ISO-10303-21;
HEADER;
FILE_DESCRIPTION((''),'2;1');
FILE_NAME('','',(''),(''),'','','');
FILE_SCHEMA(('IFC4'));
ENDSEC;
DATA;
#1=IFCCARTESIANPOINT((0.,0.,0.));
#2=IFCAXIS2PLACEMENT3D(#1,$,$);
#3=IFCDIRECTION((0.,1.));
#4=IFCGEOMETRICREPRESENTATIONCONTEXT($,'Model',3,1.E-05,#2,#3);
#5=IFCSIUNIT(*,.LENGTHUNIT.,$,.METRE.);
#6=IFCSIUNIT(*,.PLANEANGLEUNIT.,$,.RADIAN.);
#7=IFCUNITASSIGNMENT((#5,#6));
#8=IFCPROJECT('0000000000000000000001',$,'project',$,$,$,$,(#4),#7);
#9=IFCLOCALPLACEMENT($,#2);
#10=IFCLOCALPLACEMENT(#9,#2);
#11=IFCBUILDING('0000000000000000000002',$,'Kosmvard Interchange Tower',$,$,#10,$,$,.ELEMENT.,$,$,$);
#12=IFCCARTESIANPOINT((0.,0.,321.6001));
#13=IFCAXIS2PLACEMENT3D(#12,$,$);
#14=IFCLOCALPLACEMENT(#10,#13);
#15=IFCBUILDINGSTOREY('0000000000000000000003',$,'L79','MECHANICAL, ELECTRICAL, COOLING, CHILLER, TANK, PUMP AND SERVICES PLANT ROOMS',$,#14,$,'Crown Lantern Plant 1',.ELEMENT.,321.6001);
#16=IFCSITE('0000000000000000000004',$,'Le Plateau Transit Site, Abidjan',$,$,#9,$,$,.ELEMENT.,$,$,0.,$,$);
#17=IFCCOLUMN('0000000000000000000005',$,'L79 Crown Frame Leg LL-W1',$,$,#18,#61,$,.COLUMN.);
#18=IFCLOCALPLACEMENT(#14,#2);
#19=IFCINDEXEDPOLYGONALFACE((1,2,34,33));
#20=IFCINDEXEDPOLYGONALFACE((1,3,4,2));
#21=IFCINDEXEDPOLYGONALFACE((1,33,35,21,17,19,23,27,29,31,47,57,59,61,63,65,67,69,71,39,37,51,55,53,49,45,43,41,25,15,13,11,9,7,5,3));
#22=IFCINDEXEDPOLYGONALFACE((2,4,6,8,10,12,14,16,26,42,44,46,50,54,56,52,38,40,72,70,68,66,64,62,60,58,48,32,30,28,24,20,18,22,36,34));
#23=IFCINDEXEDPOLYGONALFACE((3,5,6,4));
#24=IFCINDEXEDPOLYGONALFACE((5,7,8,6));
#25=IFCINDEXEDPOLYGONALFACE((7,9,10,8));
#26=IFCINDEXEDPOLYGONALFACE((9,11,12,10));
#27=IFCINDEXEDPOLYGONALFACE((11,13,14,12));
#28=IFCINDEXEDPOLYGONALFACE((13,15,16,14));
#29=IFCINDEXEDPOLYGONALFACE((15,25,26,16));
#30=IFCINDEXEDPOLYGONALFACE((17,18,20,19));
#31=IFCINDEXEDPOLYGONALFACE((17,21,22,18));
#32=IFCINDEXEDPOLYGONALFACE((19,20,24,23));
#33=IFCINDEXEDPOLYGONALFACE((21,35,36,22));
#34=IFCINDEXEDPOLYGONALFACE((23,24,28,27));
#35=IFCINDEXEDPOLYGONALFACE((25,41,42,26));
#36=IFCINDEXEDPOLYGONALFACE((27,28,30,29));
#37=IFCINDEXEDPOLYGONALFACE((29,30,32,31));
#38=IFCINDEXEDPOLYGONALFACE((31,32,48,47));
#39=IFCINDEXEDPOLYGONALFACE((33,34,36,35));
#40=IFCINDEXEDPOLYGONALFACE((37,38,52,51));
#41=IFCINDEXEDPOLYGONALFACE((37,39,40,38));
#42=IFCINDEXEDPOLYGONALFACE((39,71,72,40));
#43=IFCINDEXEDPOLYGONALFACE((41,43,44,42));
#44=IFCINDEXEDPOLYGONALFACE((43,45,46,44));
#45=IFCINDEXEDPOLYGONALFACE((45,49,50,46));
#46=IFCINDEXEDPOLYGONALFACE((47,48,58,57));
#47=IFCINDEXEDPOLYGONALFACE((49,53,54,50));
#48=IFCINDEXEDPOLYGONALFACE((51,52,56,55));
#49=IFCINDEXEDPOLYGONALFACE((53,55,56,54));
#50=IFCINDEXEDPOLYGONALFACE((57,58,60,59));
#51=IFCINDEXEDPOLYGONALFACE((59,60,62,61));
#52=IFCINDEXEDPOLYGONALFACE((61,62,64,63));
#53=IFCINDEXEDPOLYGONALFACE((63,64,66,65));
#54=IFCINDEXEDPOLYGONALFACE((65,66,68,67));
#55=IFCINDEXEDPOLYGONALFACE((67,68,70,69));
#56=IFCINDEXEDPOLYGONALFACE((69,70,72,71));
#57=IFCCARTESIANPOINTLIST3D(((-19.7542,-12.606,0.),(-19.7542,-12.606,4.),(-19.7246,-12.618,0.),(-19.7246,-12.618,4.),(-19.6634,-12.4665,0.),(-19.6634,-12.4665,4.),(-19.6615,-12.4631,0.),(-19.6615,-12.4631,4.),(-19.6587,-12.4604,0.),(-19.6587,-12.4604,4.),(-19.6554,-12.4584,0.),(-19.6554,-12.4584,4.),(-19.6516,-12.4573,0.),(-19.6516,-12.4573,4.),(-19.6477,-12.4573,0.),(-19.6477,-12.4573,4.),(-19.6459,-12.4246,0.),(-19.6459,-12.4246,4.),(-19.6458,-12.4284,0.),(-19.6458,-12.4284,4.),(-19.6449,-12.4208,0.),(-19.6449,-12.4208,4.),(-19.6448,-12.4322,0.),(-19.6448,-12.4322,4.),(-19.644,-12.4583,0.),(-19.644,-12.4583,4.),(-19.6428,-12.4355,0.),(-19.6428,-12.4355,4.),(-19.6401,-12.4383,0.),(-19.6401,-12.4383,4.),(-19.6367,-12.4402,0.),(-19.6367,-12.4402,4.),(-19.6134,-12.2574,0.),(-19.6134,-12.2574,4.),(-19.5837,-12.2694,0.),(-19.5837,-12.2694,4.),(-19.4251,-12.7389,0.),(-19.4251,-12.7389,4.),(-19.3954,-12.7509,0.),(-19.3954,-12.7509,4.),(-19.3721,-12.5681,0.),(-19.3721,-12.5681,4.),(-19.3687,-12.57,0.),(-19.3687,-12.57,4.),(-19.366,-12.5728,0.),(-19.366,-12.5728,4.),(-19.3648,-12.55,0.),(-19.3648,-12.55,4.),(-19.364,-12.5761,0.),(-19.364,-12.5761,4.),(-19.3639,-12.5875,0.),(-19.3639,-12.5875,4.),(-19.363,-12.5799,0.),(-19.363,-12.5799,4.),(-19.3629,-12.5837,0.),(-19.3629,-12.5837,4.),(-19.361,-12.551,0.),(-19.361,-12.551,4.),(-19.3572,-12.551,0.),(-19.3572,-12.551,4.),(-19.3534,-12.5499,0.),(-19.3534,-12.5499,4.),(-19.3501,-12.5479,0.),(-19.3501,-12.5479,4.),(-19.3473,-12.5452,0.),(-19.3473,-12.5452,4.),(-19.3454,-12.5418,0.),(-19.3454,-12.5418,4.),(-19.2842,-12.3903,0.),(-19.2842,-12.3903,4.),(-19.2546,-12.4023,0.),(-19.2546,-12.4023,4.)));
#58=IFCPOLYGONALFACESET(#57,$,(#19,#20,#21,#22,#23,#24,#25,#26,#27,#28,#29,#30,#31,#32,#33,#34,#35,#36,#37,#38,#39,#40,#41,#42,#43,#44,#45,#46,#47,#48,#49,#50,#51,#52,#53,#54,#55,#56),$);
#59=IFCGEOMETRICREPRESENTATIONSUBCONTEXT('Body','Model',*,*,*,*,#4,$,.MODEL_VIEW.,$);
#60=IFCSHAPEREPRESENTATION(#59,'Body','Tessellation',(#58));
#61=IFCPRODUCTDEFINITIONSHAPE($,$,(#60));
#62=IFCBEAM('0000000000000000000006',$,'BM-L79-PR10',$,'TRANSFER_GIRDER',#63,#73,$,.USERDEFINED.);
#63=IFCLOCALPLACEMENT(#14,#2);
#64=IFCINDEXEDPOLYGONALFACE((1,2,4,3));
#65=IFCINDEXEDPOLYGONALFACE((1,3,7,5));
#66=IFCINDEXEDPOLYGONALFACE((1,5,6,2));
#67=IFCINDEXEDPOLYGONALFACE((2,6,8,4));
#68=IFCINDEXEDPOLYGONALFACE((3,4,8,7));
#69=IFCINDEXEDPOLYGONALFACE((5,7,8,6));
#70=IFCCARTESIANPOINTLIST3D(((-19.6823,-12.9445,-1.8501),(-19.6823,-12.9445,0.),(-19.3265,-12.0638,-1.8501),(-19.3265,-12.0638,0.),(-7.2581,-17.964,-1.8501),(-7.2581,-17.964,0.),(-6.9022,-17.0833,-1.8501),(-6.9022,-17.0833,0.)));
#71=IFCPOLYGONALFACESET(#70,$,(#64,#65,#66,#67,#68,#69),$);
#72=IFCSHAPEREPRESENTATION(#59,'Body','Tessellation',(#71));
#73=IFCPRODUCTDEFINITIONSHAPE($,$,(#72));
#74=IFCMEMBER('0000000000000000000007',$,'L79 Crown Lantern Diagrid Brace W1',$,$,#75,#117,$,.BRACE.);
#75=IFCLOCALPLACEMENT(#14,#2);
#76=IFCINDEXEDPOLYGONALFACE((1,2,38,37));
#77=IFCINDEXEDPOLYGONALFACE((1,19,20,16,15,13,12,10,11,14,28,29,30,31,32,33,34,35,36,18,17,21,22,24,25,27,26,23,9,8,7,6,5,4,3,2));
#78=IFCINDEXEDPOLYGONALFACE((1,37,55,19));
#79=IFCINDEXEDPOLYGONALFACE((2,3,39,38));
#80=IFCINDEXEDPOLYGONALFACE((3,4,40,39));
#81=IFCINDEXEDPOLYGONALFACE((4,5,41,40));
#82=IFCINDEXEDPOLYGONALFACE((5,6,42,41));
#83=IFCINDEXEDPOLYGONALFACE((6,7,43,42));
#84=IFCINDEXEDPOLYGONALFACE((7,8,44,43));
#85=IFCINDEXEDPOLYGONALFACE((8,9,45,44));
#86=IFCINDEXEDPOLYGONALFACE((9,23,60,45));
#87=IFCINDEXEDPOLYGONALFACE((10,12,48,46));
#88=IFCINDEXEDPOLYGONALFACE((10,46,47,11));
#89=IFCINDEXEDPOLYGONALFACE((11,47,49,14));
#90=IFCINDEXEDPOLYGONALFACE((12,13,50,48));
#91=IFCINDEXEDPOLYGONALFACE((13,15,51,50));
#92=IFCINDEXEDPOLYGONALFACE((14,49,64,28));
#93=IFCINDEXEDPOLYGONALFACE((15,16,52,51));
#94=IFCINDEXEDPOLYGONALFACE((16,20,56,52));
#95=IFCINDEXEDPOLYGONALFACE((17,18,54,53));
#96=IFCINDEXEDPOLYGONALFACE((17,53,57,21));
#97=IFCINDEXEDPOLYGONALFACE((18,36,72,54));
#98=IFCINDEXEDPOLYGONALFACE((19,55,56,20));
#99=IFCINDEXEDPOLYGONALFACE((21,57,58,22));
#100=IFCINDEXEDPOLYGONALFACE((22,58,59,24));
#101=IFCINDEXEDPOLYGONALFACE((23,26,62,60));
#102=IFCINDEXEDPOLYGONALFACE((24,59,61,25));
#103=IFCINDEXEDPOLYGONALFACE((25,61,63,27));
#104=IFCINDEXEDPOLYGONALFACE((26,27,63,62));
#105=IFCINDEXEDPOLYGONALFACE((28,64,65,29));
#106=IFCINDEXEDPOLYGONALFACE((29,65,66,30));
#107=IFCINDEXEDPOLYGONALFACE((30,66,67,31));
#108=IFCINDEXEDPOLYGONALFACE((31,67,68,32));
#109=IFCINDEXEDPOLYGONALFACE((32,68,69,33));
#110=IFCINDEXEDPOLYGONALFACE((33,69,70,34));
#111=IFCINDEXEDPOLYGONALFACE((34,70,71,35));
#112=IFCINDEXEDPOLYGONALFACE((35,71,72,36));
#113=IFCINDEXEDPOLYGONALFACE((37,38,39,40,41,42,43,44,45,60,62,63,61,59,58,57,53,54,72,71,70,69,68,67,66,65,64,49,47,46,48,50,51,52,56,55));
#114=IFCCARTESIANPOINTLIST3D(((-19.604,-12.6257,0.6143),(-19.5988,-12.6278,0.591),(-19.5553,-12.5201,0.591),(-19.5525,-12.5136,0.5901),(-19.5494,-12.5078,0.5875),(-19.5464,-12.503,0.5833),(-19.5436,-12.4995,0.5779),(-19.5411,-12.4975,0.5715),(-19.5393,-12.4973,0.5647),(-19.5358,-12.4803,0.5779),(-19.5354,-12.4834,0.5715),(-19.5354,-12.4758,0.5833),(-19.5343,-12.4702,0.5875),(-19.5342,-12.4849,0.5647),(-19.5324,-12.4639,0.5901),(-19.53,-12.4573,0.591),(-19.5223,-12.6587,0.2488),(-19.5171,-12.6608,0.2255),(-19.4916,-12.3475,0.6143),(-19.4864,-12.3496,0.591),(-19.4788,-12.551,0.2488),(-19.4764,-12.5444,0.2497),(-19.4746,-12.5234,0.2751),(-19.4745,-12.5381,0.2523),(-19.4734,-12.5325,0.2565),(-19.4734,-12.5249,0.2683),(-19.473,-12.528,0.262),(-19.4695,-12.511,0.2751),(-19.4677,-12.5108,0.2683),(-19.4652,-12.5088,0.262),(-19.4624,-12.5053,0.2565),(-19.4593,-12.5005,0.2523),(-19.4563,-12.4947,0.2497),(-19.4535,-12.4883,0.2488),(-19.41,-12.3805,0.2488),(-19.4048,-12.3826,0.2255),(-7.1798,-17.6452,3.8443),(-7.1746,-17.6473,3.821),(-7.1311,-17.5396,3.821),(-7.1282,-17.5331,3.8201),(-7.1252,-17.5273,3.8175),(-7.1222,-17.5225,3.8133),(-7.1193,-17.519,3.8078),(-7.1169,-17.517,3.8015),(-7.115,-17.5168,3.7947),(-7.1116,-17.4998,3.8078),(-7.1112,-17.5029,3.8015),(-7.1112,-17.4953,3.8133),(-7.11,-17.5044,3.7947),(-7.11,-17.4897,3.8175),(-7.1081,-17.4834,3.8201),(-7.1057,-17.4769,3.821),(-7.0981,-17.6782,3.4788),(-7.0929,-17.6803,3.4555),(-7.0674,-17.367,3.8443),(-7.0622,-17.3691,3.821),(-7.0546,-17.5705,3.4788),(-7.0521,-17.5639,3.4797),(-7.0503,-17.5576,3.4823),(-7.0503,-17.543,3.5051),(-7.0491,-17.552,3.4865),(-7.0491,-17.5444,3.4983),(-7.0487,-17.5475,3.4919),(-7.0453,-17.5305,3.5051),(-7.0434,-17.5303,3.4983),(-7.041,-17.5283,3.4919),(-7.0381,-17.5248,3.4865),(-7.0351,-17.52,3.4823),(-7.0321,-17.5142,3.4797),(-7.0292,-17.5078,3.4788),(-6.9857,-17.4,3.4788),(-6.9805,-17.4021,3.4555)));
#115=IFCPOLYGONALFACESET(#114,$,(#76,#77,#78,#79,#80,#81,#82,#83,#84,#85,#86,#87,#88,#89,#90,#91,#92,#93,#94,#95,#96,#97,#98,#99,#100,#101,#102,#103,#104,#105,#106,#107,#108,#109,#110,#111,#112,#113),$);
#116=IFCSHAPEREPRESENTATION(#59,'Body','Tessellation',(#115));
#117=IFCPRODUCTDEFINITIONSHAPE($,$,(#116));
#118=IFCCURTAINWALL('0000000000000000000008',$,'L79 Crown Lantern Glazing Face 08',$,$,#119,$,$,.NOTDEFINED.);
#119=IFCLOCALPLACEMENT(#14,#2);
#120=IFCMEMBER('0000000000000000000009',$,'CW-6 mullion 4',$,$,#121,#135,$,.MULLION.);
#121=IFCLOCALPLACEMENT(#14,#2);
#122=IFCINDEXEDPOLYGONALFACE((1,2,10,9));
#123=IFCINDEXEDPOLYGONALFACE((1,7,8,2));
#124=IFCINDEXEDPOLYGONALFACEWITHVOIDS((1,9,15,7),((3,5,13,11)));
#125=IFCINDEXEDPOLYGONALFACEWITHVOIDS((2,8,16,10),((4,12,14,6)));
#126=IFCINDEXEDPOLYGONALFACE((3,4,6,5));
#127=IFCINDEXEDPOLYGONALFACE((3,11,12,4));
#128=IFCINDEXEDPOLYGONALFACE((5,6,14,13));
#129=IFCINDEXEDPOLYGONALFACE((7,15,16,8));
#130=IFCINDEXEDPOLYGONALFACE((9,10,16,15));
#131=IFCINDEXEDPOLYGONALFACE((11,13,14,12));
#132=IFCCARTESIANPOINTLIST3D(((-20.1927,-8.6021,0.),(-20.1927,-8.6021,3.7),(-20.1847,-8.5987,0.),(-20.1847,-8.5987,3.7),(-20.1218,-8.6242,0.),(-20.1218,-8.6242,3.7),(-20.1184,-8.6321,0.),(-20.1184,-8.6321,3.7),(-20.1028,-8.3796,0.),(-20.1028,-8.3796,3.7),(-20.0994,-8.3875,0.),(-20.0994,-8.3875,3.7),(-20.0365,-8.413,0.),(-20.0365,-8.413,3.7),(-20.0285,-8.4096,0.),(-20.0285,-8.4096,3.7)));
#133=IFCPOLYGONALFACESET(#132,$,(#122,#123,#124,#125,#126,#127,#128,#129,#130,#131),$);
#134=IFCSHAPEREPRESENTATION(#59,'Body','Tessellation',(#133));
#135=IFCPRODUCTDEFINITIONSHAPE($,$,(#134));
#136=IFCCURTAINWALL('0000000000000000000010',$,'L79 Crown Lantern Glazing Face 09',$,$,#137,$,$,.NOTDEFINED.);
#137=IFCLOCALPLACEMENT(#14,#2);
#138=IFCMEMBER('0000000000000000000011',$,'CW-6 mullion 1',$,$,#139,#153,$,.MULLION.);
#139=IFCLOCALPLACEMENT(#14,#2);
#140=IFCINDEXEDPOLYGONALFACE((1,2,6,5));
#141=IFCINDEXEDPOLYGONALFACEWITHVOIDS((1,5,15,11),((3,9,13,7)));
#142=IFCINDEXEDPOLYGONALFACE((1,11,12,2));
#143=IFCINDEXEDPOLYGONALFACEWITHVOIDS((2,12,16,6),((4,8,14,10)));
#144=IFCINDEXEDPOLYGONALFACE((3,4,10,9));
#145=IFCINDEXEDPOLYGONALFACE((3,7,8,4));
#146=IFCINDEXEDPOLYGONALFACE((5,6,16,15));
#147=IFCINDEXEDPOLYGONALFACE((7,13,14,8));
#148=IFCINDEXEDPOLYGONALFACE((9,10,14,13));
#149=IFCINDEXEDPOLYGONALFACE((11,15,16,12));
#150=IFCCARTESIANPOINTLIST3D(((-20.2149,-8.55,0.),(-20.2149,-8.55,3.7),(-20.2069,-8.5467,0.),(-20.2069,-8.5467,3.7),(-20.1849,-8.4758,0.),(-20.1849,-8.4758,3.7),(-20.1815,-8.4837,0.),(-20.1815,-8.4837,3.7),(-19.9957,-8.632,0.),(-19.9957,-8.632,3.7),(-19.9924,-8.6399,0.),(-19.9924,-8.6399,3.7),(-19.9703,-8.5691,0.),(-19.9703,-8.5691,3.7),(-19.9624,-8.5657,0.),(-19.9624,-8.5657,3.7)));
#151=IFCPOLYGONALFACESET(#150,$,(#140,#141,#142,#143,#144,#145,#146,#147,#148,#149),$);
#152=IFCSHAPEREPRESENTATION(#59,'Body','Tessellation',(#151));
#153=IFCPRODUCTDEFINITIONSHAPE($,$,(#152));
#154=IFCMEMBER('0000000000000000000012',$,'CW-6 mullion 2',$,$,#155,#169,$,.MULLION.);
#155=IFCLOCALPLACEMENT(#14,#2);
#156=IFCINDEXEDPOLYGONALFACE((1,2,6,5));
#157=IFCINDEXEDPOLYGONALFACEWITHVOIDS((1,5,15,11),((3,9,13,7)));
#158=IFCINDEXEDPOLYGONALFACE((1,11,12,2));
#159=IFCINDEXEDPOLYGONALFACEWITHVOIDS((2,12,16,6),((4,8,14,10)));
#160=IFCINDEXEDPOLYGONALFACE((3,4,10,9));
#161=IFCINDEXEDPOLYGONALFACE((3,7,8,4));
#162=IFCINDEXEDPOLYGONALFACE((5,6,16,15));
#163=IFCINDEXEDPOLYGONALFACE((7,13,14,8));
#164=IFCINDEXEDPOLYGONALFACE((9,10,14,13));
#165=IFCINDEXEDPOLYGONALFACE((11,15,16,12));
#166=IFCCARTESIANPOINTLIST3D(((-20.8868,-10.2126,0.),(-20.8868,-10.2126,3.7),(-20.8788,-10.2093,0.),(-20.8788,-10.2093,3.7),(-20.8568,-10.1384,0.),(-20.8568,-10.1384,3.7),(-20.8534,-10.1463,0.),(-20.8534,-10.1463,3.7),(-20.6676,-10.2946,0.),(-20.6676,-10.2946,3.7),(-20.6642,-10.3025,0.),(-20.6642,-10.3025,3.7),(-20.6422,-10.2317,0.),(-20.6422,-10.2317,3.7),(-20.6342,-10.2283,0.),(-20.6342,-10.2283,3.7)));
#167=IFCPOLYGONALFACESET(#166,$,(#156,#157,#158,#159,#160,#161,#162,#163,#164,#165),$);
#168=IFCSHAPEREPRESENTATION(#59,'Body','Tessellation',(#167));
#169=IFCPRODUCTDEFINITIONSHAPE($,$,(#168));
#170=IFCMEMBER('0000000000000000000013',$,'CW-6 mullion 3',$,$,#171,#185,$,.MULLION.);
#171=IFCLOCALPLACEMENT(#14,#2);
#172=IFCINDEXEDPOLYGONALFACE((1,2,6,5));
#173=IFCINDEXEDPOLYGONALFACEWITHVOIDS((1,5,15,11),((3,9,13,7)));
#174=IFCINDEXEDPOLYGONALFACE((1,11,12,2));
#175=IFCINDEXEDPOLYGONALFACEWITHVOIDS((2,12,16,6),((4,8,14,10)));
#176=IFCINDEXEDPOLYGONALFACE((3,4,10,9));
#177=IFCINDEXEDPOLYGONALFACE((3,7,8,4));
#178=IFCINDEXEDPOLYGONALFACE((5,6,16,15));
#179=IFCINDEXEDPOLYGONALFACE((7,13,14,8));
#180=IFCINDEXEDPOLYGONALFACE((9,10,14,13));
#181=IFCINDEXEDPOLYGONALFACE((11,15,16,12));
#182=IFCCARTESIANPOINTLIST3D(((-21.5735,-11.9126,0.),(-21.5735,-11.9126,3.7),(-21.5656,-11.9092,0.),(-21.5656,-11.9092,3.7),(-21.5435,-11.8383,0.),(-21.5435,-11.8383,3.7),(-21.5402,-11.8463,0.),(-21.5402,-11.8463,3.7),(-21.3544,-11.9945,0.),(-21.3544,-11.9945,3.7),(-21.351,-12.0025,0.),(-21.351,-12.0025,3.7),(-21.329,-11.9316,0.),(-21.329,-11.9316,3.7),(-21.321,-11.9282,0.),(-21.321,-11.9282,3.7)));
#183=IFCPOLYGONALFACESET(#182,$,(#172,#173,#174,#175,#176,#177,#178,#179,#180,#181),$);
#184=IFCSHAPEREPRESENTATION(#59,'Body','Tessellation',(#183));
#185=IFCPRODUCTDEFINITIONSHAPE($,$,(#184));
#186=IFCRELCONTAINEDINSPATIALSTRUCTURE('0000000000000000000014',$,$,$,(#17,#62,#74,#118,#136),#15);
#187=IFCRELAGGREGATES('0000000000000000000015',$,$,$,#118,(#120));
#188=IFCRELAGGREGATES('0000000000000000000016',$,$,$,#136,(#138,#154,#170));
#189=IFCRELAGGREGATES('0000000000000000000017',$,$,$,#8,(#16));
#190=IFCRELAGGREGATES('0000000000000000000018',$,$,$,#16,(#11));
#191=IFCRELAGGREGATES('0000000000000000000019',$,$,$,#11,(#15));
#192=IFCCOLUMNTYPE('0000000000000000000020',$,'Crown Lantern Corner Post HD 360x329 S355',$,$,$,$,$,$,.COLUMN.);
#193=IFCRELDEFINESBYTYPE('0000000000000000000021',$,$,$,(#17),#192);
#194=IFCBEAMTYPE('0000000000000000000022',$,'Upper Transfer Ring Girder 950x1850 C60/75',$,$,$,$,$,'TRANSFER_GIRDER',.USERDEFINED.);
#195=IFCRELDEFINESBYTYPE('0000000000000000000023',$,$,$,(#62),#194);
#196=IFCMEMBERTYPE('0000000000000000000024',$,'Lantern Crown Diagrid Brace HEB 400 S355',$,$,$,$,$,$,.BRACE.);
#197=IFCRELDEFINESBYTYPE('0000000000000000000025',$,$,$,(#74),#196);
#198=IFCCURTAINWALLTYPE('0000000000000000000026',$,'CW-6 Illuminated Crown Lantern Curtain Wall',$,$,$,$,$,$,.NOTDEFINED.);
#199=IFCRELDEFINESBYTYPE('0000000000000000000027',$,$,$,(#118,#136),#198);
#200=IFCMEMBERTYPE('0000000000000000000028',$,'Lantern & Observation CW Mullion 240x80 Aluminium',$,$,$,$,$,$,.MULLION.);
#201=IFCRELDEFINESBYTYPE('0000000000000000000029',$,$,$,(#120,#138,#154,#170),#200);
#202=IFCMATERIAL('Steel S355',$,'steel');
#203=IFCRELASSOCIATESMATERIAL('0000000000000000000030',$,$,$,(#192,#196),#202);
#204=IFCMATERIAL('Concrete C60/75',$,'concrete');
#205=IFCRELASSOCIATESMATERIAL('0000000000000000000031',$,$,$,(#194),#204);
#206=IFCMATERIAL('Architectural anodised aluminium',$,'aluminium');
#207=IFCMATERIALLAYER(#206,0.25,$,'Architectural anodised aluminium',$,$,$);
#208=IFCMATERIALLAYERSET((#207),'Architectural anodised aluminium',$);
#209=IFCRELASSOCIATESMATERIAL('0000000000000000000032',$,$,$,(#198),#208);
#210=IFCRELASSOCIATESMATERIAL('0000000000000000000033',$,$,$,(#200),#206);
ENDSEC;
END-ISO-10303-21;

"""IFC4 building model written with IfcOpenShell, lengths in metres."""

from ifc_helpers import new_model, si_unit, direction, frame, origin, origin_2d, place, context, subcontext, project, spatial, rectangle, hollow_rectangle, i_section, extrude, source, transform, mapped, material, layer, layer_set, material_profile, profile_set, type_object, element, aggregate, save


model = new_model("IFC4")

# Units and contexts
model_context = context("Model", 3, precision=1e-05, world=origin(), true_north=direction((0.0, 1.0)))
body_context = subcontext(model_context, "Body", "Model", "MODEL_VIEW")
ifc_project = project(units=[si_unit("LENGTHUNIT", "METRE"), si_unit("PLANEANGLEUNIT", "RADIAN")], contexts=[model_context])

# Site, building, storey
site_placement = place(None, origin())
site = spatial("IfcSite", under=ifc_project, at=site_placement, Name="Le Plateau Transit Site, Abidjan", CompositionType="ELEMENT", RefElevation=0.0)
building_placement = place(site_placement, origin())
building = spatial("IfcBuilding", under=site, at=building_placement, Name="Kosmvard Interchange Tower", CompositionType="ELEMENT")
storey_placement = place(building_placement, frame((0.0, 0.0, 321.6001)))
storey = spatial("IfcBuildingStorey", under=building, at=storey_placement, Name="L79", Description="MECHANICAL, ELECTRICAL, COOLING, CHILLER, TANK, PUMP AND SERVICES PLANT ROOMS", LongName="Crown Lantern Plant 1", CompositionType="ELEMENT", Elevation=321.6001)

# Column
ifc_material_1 = material(Name="Steel S355", Category="steel")
ifc_material_profile_1 = material_profile(ifc_material_1, i_section(OverallWidth=0.376, OverallDepth=0.387, WebThickness=0.0195, FlangeThickness=0.032, FilletRadius=0.0149, at=origin_2d()), Name="HD 360x329")
ifc_profile_set_1 = profile_set([ifc_material_profile_1], Name="Steel S355")
column_type = type_object("IfcColumnType", Name="Crown Lantern Corner Post HD 360x329 S355", PredefinedType="COLUMN", material=ifc_profile_set_1)
shared_shape_1 = source(origin(), body_context, "Body", "SweptSolid", [
    extrude(i_section(OverallWidth=0.376, OverallDepth=0.387, WebThickness=0.0195, FlangeThickness=0.032, FilletRadius=0.0149, at=origin_2d()), origin(), (0.0, 0.0, 1.0), 4.0),
])
column_placement = place(storey_placement, frame((-19.5044, -12.5042, 0.0), z_axis=(0.0, 0.0, 1.0), x_axis=(0.374607, 0.927184, 0.0)))
element("IfcColumn", 1, at=column_placement, inside=storey, type_object=column_type, Name="L79 Crown Frame Leg LL-W1", PredefinedType="COLUMN", context=body_context, shape_type="MappedRepresentation", body=[
    mapped(shared_shape_1, transform((0.0, 0.0, 0.0), scale=1.0)),
])

# Beam
ifc_material_2 = material(Name="Concrete C60/75", Category="concrete")
ifc_material_profile_2 = material_profile(ifc_material_2, rectangle(XDim=0.95, YDim=1.8501, at=origin_2d()), Name="TG 950x1850")
ifc_profile_set_2 = profile_set([ifc_material_profile_2], Name="Concrete C60/75")
beam_type = type_object("IfcBeamType", Name="Upper Transfer Ring Girder 950x1850 C60/75", ElementType="TRANSFER_GIRDER", PredefinedType="USERDEFINED", material=ifc_profile_set_2)
shared_shape_2 = source(origin(), body_context, "Body", "SweptSolid", [
    extrude(rectangle(XDim=0.95, YDim=1.8501, at=origin_2d()), origin(), (0.0, 0.0, 1.0), 13.3999),
])
beam_placement = place(storey_placement, frame((-19.5044, -12.5042, -0.925), z_axis=(0.92719, -0.374593, 0.0), x_axis=(0.374593, 0.92719, 0.0)))
element("IfcBeam", 2, at=beam_placement, inside=storey, type_object=beam_type, Name="BM-L79-PR10", ObjectType="TRANSFER_GIRDER", PredefinedType="USERDEFINED", context=body_context, shape_type="MappedRepresentation", body=[
    mapped(shared_shape_2, transform((0.0, 0.0, 0.0), scale=1.0)),
])

# Member
ifc_material_profile_3 = material_profile(ifc_material_1, i_section(OverallWidth=0.3, OverallDepth=0.3999, WebThickness=0.0134, FlangeThickness=0.0239, FilletRadius=0.0271, at=origin_2d()), Name="HEB 400")
ifc_profile_set_3 = profile_set([ifc_material_profile_3], Name="Steel S355")
member_type_1 = type_object("IfcMemberType", Name="Lantern Crown Diagrid Brace HEB 400 S355", PredefinedType="BRACE", material=ifc_profile_set_3)
shared_shape_3 = source(origin(), body_context, "Body", "SweptSolid", [
    extrude(i_section(OverallWidth=0.3, OverallDepth=0.3999, WebThickness=0.0134, FlangeThickness=0.0239, FilletRadius=0.0271, at=origin_2d()), origin(), (0.0, 0.0, 1.0), 13.7837),
])
member_1_placement = place(storey_placement, frame((-19.5044, -12.5042, 0.4199), z_axis=(0.901373, -0.364163, 0.234332), x_axis=(0.374593, 0.92719, 0.0)))
element("IfcMember", 3, at=member_1_placement, inside=storey, type_object=member_type_1, Name="L79 Crown Lantern Diagrid Brace W1", PredefinedType="BRACE", context=body_context, shape_type="MappedRepresentation", body=[
    mapped(shared_shape_3, transform((0.0, 0.0, 0.0), scale=1.0)),
])

# Curtain wall, member
ifc_material_3 = material(Name="Architectural anodised aluminium", Category="aluminium")
ifc_layer_1 = layer(ifc_material_3, 0.25, Name="Architectural anodised aluminium")
ifc_layer_set_1 = layer_set([ifc_layer_1], Name="Architectural anodised aluminium")
curtain_wall_type = type_object("IfcCurtainWallType", Name="CW-6 Illuminated Crown Lantern Curtain Wall", PredefinedType="NOTDEFINED", material=ifc_layer_set_1)
curtain_wall_1_placement = place(storey_placement, origin())
curtain_wall_1 = element("IfcCurtainWall", 4, at=curtain_wall_1_placement, inside=storey, type_object=curtain_wall_type, Name="L79 Crown Lantern Glazing Face 08", PredefinedType="NOTDEFINED")
ifc_material_profile_4 = material_profile(ifc_material_3, hollow_rectangle(XDim=0.24, YDim=0.0801, WallThickness=0.0061, at=origin_2d()), Name="CWM 240x80x6")
ifc_profile_set_4 = profile_set([ifc_material_profile_4], Name="Architectural anodised aluminium")
member_type_2 = type_object("IfcMemberType", Name="Lantern & Observation CW Mullion 240x80 Aluminium", PredefinedType="MULLION", material=ifc_profile_set_4)
shared_shape_4 = source(origin(), body_context, "Body", "SweptSolid", [
    extrude(hollow_rectangle(XDim=0.24, YDim=0.0801, WallThickness=0.0061, at=origin_2d()), origin(), (0.0, 0.0, 1.0), 3.7),
])
member_2_placement = place(storey_placement, frame((-20.1106, -8.5059, 0.0), z_axis=(0.0, 0.0, 1.0), x_axis=(0.374607, 0.927184, 0.0)))
member_2 = element("IfcMember", 5, at=member_2_placement, type_object=member_type_2, Name="CW-6 mullion 4", PredefinedType="MULLION", context=body_context, shape_type="MappedRepresentation", body=[
    mapped(shared_shape_4, transform((0.0, 0.0, 0.0), scale=1.0)),
])

# Curtain wall, members
curtain_wall_2_placement = place(storey_placement, origin())
curtain_wall_2 = element("IfcCurtainWall", 6, at=curtain_wall_2_placement, inside=storey, type_object=curtain_wall_type, Name="L79 Crown Lantern Glazing Face 09", PredefinedType="NOTDEFINED")
member_3_placement = place(storey_placement, frame((-20.0886, -8.5579, 0.0), z_axis=(0.0, 0.0, 1.0), x_axis=(0.927184, -0.374607, 0.0)))
member_3 = element("IfcMember", 7, at=member_3_placement, type_object=member_type_2, Name="CW-6 mullion 1", PredefinedType="MULLION", context=body_context, shape_type="MappedRepresentation", body=[
    mapped(shared_shape_4, transform((0.0, 0.0, 0.0), scale=1.0)),
])
member_4_placement = place(storey_placement, frame((-20.7605, -10.2205, 0.0), z_axis=(0.0, 0.0, 1.0), x_axis=(0.927184, -0.374607, 0.0)))
member_4 = element("IfcMember", 8, at=member_4_placement, type_object=member_type_2, Name="CW-6 mullion 2", PredefinedType="MULLION", context=body_context, shape_type="MappedRepresentation", body=[
    mapped(shared_shape_4, transform((0.0, 0.0, 0.0), scale=1.0)),
])
member_5_placement = place(storey_placement, frame((-21.4473, -11.9204, 0.0), z_axis=(0.0, 0.0, 1.0), x_axis=(0.927184, -0.374607, 0.0)))
member_5 = element("IfcMember", 9, at=member_5_placement, type_object=member_type_2, Name="CW-6 mullion 3", PredefinedType="MULLION", context=body_context, shape_type="MappedRepresentation", body=[
    mapped(shared_shape_4, transform((0.0, 0.0, 0.0), scale=1.0)),
])

aggregate(curtain_wall_1, [member_2])
aggregate(curtain_wall_2, [member_3, member_4, member_5])

save(model, "model.ifc")
